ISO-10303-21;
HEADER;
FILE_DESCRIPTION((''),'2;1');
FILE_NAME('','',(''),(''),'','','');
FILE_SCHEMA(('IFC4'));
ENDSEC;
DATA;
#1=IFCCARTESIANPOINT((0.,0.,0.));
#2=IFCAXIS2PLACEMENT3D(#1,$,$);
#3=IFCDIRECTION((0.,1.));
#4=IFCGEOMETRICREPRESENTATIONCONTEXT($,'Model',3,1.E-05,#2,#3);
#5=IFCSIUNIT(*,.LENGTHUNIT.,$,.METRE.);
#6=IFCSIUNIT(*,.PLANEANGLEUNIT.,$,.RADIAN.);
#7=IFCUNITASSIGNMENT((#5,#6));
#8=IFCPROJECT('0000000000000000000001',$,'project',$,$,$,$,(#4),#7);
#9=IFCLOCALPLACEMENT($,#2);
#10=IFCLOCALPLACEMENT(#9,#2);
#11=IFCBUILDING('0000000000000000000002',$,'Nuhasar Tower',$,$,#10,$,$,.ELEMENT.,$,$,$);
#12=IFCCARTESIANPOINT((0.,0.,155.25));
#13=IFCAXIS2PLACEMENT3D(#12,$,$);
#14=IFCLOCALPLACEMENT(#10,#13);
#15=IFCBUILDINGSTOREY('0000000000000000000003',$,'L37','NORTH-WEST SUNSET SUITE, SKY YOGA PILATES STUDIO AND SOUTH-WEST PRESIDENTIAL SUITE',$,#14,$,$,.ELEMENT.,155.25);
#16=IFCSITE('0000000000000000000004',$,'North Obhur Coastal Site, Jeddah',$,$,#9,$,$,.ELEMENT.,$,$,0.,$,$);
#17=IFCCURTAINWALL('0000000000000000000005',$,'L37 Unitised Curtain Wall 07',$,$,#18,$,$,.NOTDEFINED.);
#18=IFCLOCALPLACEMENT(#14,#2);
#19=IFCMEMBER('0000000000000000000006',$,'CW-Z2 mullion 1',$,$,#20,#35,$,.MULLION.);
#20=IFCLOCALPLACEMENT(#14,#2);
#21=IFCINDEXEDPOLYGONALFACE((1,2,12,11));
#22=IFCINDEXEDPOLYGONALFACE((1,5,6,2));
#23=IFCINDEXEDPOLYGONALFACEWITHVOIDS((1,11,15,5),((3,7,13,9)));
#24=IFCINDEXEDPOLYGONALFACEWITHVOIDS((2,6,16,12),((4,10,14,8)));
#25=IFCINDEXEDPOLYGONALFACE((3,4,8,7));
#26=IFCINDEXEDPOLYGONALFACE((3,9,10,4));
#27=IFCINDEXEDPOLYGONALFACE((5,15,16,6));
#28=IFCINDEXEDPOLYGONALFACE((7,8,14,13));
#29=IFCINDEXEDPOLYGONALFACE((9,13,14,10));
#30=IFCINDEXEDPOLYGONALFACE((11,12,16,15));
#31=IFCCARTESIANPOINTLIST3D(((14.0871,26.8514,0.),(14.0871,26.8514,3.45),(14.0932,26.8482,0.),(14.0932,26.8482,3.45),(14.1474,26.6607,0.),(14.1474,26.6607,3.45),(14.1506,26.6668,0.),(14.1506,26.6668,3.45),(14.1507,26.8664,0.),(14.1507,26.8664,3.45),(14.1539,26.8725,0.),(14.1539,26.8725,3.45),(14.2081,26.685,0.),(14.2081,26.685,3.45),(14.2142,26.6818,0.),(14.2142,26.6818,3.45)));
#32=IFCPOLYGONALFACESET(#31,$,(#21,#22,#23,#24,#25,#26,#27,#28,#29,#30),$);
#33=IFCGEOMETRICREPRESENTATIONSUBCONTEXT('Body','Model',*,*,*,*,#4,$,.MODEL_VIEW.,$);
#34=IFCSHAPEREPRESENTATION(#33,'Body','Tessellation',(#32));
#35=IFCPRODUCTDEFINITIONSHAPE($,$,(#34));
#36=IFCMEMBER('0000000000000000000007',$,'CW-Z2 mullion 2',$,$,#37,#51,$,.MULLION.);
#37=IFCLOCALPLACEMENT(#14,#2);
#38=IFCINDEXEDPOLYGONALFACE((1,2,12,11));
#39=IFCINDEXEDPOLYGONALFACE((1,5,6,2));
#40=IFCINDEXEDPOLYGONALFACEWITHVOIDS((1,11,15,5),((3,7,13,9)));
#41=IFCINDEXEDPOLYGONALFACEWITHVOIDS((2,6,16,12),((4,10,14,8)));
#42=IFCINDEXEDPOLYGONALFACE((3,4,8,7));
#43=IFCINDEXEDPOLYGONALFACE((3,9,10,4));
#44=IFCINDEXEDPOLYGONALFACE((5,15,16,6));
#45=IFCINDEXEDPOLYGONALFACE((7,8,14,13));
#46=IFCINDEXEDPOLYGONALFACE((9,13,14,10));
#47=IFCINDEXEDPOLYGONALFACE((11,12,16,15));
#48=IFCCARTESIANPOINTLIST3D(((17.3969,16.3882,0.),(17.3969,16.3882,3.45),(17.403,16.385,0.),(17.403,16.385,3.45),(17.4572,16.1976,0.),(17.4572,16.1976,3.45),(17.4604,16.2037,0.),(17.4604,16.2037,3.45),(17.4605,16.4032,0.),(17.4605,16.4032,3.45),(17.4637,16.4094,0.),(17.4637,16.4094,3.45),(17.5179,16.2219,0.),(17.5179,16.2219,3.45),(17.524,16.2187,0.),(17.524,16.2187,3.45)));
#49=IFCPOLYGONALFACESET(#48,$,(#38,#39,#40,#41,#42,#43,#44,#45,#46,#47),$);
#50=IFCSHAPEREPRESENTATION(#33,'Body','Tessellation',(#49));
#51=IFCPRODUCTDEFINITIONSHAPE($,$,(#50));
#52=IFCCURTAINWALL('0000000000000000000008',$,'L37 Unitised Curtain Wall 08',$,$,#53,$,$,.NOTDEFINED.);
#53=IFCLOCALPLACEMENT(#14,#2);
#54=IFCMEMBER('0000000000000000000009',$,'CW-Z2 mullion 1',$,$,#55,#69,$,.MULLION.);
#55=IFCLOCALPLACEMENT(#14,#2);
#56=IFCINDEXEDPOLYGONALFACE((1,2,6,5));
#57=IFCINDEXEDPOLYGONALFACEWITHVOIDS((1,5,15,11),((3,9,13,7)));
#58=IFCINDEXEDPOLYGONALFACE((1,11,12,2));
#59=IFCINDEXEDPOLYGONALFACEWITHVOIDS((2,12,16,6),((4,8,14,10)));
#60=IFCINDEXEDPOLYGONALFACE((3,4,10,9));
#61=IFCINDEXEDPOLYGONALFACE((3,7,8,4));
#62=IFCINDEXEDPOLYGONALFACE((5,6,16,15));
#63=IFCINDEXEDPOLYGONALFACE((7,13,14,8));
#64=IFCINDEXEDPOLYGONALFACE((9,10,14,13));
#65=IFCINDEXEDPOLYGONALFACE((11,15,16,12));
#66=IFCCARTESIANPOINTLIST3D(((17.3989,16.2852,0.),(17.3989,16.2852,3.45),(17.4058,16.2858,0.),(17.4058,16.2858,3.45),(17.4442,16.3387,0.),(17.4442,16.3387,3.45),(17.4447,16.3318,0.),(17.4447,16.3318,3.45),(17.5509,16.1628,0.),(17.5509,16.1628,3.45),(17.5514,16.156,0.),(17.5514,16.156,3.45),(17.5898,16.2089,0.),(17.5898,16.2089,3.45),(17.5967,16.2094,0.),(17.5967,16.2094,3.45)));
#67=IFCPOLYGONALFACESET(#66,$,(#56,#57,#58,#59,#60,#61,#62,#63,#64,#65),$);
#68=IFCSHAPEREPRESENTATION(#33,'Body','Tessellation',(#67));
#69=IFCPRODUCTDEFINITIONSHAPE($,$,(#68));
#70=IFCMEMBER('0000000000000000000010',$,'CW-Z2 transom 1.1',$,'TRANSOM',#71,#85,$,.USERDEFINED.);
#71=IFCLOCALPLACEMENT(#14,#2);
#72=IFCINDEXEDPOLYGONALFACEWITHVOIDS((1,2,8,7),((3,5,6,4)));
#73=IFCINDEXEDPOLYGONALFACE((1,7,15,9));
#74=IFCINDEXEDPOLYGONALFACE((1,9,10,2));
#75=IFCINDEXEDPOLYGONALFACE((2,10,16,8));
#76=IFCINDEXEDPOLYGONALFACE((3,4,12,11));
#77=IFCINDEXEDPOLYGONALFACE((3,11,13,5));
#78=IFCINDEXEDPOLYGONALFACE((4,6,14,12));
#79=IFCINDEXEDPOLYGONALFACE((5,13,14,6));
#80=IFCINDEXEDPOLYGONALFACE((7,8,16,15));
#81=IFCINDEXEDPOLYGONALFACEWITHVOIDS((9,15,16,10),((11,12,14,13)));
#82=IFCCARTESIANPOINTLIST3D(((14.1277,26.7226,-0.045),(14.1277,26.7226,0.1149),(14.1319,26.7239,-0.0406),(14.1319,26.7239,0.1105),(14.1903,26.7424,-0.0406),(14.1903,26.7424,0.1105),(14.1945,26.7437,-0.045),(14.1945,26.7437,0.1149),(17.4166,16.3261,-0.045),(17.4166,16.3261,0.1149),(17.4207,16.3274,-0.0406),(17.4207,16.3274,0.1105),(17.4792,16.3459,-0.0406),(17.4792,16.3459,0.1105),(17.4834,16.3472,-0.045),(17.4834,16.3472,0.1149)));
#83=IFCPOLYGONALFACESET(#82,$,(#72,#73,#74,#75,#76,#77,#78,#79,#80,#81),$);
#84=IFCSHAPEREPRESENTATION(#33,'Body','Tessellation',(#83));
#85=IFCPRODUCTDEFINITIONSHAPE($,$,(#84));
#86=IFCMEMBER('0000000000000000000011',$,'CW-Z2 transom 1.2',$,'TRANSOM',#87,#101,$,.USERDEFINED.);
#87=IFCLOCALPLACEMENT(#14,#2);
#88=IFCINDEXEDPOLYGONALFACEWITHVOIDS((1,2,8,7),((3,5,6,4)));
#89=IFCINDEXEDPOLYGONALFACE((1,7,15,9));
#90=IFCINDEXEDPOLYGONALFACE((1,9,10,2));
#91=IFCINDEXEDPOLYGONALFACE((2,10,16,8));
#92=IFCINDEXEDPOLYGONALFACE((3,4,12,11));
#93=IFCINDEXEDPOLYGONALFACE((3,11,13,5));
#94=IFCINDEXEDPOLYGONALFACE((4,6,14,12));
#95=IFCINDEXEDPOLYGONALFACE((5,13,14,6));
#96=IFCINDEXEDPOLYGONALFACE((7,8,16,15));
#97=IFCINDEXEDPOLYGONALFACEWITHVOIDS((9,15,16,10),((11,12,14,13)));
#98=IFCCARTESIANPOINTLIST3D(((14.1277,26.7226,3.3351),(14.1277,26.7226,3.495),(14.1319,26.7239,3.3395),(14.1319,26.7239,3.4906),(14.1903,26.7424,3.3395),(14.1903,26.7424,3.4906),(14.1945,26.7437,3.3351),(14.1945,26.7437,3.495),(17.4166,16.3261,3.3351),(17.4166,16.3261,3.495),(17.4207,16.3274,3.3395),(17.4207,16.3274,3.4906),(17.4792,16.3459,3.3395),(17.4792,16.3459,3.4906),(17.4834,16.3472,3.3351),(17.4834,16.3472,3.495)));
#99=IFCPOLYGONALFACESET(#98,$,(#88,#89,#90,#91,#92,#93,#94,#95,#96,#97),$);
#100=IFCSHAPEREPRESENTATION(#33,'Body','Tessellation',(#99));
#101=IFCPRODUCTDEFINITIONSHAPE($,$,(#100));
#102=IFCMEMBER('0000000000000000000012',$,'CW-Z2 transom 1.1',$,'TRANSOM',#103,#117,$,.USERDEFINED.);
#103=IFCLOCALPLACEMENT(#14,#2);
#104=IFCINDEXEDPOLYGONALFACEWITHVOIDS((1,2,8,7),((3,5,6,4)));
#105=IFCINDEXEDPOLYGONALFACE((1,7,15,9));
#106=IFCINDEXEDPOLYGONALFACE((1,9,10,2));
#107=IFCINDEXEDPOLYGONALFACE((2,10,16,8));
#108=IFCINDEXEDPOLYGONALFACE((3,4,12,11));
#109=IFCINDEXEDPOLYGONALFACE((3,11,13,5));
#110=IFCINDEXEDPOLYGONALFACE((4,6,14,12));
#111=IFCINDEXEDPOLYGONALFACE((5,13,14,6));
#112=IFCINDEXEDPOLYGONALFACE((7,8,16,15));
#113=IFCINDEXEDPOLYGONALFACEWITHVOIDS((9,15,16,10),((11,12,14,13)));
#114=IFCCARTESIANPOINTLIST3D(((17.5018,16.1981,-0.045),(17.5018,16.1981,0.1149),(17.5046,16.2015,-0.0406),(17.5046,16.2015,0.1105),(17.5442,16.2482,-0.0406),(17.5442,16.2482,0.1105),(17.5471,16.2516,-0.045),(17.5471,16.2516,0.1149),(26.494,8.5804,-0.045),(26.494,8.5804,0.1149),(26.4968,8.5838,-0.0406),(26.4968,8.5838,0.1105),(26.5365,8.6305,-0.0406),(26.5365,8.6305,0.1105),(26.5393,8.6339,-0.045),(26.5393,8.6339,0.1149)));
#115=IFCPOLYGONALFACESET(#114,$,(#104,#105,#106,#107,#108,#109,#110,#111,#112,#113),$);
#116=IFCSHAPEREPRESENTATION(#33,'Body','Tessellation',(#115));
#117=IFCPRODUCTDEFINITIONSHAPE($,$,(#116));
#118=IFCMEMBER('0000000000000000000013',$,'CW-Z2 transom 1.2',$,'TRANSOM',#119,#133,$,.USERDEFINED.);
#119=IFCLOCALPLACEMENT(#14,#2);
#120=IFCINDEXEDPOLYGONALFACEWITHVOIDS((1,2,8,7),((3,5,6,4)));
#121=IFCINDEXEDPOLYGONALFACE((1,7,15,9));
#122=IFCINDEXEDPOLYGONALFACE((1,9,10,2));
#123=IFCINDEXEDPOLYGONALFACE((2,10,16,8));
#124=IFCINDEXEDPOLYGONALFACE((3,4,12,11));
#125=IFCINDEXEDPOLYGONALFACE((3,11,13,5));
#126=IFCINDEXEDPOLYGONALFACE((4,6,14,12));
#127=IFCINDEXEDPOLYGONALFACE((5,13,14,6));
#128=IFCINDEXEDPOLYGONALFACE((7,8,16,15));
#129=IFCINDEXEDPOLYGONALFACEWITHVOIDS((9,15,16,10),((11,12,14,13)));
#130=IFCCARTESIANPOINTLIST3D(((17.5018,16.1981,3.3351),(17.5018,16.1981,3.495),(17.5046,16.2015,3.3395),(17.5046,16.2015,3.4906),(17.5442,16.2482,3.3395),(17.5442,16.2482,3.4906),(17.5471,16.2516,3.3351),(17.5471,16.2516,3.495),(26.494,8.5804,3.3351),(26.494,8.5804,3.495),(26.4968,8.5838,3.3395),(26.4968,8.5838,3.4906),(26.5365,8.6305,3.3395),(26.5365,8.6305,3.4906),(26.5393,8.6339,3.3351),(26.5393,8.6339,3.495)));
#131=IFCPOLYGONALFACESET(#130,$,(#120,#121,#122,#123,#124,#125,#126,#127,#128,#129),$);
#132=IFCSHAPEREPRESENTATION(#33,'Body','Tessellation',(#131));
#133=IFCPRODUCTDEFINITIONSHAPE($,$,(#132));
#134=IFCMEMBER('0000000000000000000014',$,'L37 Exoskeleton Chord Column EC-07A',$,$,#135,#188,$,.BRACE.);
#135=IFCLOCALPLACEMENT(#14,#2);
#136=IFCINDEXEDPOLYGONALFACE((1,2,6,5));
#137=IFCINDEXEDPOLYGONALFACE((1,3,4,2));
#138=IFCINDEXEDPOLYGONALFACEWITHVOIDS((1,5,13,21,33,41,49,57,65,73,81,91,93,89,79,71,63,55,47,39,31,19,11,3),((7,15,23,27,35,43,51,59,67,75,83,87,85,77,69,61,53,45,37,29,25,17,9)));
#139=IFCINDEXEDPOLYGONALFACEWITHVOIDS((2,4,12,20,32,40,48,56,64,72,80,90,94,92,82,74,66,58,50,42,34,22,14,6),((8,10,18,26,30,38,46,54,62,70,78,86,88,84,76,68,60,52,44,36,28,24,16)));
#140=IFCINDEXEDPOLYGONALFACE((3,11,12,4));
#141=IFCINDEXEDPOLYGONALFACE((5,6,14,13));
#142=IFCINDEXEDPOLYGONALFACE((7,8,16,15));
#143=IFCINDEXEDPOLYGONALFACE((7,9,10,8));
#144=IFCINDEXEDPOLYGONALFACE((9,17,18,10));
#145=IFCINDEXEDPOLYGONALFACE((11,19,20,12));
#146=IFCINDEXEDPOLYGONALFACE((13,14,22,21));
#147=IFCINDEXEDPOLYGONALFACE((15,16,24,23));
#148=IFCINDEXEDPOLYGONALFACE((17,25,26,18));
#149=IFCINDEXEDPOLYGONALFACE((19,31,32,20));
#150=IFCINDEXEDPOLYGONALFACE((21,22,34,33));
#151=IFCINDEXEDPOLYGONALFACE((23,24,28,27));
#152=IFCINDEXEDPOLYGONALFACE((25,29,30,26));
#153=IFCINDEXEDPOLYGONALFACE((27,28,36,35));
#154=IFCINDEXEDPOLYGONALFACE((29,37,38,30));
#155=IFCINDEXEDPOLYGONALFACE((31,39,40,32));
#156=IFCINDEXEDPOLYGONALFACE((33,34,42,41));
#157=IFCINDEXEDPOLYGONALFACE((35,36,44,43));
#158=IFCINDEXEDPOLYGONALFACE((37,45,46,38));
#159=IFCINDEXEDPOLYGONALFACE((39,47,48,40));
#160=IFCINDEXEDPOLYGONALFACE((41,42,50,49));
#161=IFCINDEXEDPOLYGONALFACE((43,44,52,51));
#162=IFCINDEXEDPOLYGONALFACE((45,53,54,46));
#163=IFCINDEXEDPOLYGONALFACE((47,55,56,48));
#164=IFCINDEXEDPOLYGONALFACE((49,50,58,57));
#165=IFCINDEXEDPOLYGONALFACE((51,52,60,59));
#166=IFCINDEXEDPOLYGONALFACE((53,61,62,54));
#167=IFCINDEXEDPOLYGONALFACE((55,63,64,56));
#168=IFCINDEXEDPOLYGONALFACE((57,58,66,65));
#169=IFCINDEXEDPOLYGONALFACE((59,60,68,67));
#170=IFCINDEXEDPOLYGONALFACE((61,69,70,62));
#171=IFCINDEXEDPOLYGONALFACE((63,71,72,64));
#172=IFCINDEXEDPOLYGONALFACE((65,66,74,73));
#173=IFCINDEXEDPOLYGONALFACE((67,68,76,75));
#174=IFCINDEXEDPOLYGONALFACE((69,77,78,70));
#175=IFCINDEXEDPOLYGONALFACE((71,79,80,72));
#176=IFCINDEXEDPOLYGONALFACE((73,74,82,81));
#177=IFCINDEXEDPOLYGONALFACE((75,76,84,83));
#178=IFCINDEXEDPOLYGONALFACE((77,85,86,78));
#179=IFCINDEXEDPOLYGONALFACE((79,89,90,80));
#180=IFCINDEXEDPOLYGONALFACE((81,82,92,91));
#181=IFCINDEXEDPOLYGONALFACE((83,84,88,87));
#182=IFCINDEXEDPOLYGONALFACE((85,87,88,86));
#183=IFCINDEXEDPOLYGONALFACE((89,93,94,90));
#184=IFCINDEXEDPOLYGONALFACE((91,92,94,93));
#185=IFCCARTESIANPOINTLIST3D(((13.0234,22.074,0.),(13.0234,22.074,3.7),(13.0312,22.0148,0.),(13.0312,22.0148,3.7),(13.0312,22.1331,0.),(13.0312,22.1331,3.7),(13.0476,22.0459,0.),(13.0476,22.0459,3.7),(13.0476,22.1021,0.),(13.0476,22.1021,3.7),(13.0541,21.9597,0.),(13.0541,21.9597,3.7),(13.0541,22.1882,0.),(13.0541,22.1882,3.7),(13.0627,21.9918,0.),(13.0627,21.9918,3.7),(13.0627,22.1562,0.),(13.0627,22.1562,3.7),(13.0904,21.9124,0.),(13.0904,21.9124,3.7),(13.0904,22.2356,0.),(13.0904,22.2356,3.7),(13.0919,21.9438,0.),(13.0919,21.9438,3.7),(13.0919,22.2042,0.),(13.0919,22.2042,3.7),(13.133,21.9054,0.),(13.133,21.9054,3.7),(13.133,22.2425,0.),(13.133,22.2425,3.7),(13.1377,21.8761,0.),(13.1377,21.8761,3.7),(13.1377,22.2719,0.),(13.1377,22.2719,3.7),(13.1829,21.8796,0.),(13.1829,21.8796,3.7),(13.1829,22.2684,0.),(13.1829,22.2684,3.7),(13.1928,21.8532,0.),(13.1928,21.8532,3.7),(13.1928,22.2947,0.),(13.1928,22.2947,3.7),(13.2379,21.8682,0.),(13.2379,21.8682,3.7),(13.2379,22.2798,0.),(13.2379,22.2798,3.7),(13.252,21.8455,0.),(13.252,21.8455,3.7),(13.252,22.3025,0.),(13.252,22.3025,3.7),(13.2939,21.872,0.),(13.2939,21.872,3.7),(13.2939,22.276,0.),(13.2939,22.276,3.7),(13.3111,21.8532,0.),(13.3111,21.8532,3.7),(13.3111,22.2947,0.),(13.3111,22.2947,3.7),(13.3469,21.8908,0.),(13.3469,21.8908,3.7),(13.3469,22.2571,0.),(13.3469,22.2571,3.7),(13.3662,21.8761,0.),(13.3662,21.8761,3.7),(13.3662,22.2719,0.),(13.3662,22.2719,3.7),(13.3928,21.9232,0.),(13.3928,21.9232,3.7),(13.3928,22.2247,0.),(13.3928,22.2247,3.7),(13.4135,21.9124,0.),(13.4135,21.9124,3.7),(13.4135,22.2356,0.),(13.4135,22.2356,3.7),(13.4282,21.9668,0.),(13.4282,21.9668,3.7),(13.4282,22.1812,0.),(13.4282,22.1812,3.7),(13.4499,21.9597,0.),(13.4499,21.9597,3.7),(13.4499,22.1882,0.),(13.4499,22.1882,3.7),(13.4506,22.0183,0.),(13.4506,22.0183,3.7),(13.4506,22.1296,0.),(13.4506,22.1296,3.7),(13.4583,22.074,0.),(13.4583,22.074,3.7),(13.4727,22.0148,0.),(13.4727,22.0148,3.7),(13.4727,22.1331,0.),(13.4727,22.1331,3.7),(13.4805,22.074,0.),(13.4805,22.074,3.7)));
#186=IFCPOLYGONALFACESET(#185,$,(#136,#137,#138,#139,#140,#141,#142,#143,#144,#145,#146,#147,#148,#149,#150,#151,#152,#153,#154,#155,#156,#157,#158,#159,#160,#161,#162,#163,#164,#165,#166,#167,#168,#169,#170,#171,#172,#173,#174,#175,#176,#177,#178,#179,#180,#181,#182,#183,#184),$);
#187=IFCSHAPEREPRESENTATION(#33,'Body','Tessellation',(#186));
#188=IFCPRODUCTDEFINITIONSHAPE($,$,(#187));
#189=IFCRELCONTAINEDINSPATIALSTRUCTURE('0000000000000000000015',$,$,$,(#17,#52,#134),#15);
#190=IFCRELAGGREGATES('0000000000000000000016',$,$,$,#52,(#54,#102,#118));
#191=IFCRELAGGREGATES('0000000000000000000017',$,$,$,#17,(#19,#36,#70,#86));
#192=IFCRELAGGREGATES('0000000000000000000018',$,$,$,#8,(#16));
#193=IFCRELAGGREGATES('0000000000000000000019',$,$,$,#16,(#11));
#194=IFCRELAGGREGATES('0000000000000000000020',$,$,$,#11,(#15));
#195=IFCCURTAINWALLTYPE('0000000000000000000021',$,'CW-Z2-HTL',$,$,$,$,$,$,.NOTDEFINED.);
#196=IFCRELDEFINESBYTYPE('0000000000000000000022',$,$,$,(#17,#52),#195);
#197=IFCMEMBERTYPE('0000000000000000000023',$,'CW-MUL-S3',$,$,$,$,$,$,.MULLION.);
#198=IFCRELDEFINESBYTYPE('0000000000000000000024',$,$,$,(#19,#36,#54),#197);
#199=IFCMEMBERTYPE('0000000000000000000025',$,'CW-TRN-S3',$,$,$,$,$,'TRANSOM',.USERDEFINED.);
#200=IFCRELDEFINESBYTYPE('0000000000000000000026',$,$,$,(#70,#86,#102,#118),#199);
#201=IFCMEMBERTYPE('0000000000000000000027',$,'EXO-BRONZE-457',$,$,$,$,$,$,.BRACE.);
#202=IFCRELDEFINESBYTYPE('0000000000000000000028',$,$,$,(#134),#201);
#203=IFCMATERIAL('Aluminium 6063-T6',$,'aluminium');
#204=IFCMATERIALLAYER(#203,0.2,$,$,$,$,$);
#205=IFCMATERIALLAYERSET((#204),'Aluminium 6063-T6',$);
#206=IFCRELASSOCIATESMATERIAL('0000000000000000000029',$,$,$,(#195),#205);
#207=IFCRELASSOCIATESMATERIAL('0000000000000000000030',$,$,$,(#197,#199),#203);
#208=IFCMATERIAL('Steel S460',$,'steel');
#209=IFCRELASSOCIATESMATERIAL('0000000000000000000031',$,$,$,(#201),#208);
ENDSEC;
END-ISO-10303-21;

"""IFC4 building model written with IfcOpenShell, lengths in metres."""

from ifc_helpers import new_model, si_unit, direction, frame, origin, origin_2d, place, context, subcontext, project, spatial, hollow_rectangle, hollow_circle, extrude, material, layer, layer_set, material_profile, profile_set, type_object, element, aggregate, save


model = new_model("IFC4")

# Units and contexts
model_context = context("Model", 3, precision=1e-05, world=origin(), true_north=direction((0.0, 1.0)))
body_context = subcontext(model_context, "Body", "Model", "MODEL_VIEW")
ifc_project = project(units=[si_unit("LENGTHUNIT", "METRE"), si_unit("PLANEANGLEUNIT", "RADIAN")], contexts=[model_context])

# Site, building, storey
site_placement = place(None, origin())
site = spatial("IfcSite", under=ifc_project, at=site_placement, Name="North Obhur Coastal Site, Jeddah", CompositionType="ELEMENT", RefElevation=0.0)
building_placement = place(site_placement, origin())
building = spatial("IfcBuilding", under=site, at=building_placement, Name="Nuhasar Tower", CompositionType="ELEMENT")
storey_placement = place(building_placement, frame((0.0, 0.0, 155.25)))
storey = spatial("IfcBuildingStorey", under=building, at=storey_placement, Name="L37", Description="NORTH-WEST SUNSET SUITE, SKY YOGA PILATES STUDIO AND SOUTH-WEST PRESIDENTIAL SUITE", CompositionType="ELEMENT", Elevation=155.25)

# Curtain wall, members
ifc_material_1 = material(Name="Aluminium 6063-T6", Category="aluminium")
ifc_layer_1 = layer(ifc_material_1, 0.2)
ifc_layer_set_1 = layer_set([ifc_layer_1], Name="Aluminium 6063-T6")
curtain_wall_type = type_object("IfcCurtainWallType", Name="CW-Z2-HTL", PredefinedType="NOTDEFINED", material=ifc_layer_set_1)
curtain_wall_1_placement = place(storey_placement, origin())
curtain_wall_1 = element("IfcCurtainWall", 1, at=curtain_wall_1_placement, inside=storey, type_object=curtain_wall_type, Name="L37 Unitised Curtain Wall 07", PredefinedType="NOTDEFINED")
ifc_material_profile_1 = material_profile(ifc_material_1, hollow_rectangle(XDim=0.0701, YDim=0.2, WallThickness=0.0049, at=origin_2d()), Name="CWM-3")
ifc_profile_set_1 = profile_set([ifc_material_profile_1], Name="Aluminium 6063-T6")
member_type_1 = type_object("IfcMemberType", Name="CW-MUL-S3", PredefinedType="MULLION", material=ifc_profile_set_1)
member_1_placement = place(storey_placement, frame((14.1506, 26.7666, 0.0), z_axis=(0.0, 0.0, 1.0), x_axis=(0.953433, 0.301604, 0.0)))
member_1 = element("IfcMember", 2, at=member_1_placement, type_object=member_type_1, Name="CW-Z2 mullion 1", PredefinedType="MULLION", context=body_context, shape_type="SweptSolid", body=[
    extrude(hollow_rectangle(XDim=0.0701, YDim=0.2, WallThickness=0.0049, at=origin_2d()), origin(), (0.0, 0.0, 1.0), 3.45),
])
member_2_placement = place(storey_placement, frame((17.4604, 16.3035, 0.0), z_axis=(0.0, 0.0, 1.0), x_axis=(0.953433, 0.301604, 0.0)))
member_2 = element("IfcMember", 3, at=member_2_placement, type_object=member_type_1, Name="CW-Z2 mullion 2", PredefinedType="MULLION", context=body_context, shape_type="SweptSolid", body=[
    extrude(hollow_rectangle(XDim=0.0701, YDim=0.2, WallThickness=0.0049, at=origin_2d()), origin(), (0.0, 0.0, 1.0), 3.45),
])

# Curtain wall, member
curtain_wall_2_placement = place(storey_placement, origin())
curtain_wall_2 = element("IfcCurtainWall", 4, at=curtain_wall_2_placement, inside=storey, type_object=curtain_wall_type, Name="L37 Unitised Curtain Wall 08", PredefinedType="NOTDEFINED")
member_3_placement = place(storey_placement, frame((17.4978, 16.2473, 0.0), z_axis=(0.0, 0.0, 1.0), x_axis=(0.646374, 0.76302, 0.0)))
member_3 = element("IfcMember", 5, at=member_3_placement, type_object=member_type_1, Name="CW-Z2 mullion 1", PredefinedType="MULLION", context=body_context, shape_type="SweptSolid", body=[
    extrude(hollow_rectangle(XDim=0.0701, YDim=0.2, WallThickness=0.0049, at=origin_2d()), origin(), (0.0, 0.0, 1.0), 3.45),
])

# Members
ifc_material_profile_2 = material_profile(ifc_material_1, hollow_rectangle(XDim=0.0701, YDim=0.1599, WallThickness=0.0044, at=origin_2d()), Name="CWT-3")
ifc_profile_set_2 = profile_set([ifc_material_profile_2], Name="Aluminium 6063-T6")
member_type_2 = type_object("IfcMemberType", Name="CW-TRN-S3", ElementType="TRANSOM", PredefinedType="USERDEFINED", material=ifc_profile_set_2)
member_4_placement = place(storey_placement, frame((14.1611, 26.7332, 0.0349), z_axis=(0.301608, -0.953432, 0.0), x_axis=(0.953432, 0.301608, 0.0)))
member_4 = element("IfcMember", 6, at=member_4_placement, type_object=member_type_2, Name="CW-Z2 transom 1.1", ObjectType="TRANSOM", PredefinedType="USERDEFINED", context=body_context, shape_type="SweptSolid", body=[
    extrude(hollow_rectangle(XDim=0.0701, YDim=0.1599, WallThickness=0.0044, at=origin_2d()), origin(), (0.0, 0.0, 1.0), 10.9043),
])
member_5_placement = place(storey_placement, frame((14.1611, 26.7332, 3.415), z_axis=(0.301608, -0.953432, 0.0), x_axis=(0.953432, 0.301608, 0.0)))
member_5 = element("IfcMember", 7, at=member_5_placement, type_object=member_type_2, Name="CW-Z2 transom 1.2", ObjectType="TRANSOM", PredefinedType="USERDEFINED", context=body_context, shape_type="SweptSolid", body=[
    extrude(hollow_rectangle(XDim=0.0701, YDim=0.1599, WallThickness=0.0044, at=origin_2d()), origin(), (0.0, 0.0, 1.0), 10.9043),
])
member_6_placement = place(storey_placement, frame((17.5244, 16.2249, 0.0349), z_axis=(0.763014, -0.646382, 0.0), x_axis=(0.646382, 0.763014, 0.0)))
member_6 = element("IfcMember", 8, at=member_6_placement, type_object=member_type_2, Name="CW-Z2 transom 1.1", ObjectType="TRANSOM", PredefinedType="USERDEFINED", context=body_context, shape_type="SweptSolid", body=[
    extrude(hollow_rectangle(XDim=0.0701, YDim=0.1599, WallThickness=0.0044, at=origin_2d()), origin(), (0.0, 0.0, 1.0), 11.7852),
])
member_7_placement = place(storey_placement, frame((17.5244, 16.2249, 3.415), z_axis=(0.763014, -0.646382, 0.0), x_axis=(0.646382, 0.763014, 0.0)))
member_7 = element("IfcMember", 9, at=member_7_placement, type_object=member_type_2, Name="CW-Z2 transom 1.2", ObjectType="TRANSOM", PredefinedType="USERDEFINED", context=body_context, shape_type="SweptSolid", body=[
    extrude(hollow_rectangle(XDim=0.0701, YDim=0.1599, WallThickness=0.0044, at=origin_2d()), origin(), (0.0, 0.0, 1.0), 11.7852),
])
aggregate(curtain_wall_2, [member_3, member_6, member_7])

# Member
ifc_material_2 = material(Name="Steel S460", Category="steel")
ifc_material_profile_3 = material_profile(ifc_material_2, hollow_circle(Radius=0.2285, WallThickness=0.0222, at=origin_2d()), Name="HSS457X22.2")
ifc_profile_set_3 = profile_set([ifc_material_profile_3], Name="Steel S460")
member_type_3 = type_object("IfcMemberType", Name="EXO-BRONZE-457", PredefinedType="BRACE", material=ifc_profile_set_3)
for number, where, z_axis, x_axis, name in (
    (10, (13.252, 22.074, 0.0), (0.0, 0.0, 1.0), (1.0, 0.0, 0.0), "L37 Exoskeleton Chord Column EC-07A"),
):
    element("IfcMember", number, at=place(storey_placement, frame(where, z_axis=z_axis, x_axis=x_axis)), inside=storey, type_object=member_type_3, Name=name, PredefinedType="BRACE", context=body_context, shape_type="SweptSolid", body=[
        extrude(hollow_circle(Radius=0.2285, WallThickness=0.0222, at=origin_2d()), origin(), (0.0, 0.0, 1.0), 3.7),
    ])

aggregate(curtain_wall_1, [member_1, member_2, member_4, member_5])

save(model, "model.ifc")
